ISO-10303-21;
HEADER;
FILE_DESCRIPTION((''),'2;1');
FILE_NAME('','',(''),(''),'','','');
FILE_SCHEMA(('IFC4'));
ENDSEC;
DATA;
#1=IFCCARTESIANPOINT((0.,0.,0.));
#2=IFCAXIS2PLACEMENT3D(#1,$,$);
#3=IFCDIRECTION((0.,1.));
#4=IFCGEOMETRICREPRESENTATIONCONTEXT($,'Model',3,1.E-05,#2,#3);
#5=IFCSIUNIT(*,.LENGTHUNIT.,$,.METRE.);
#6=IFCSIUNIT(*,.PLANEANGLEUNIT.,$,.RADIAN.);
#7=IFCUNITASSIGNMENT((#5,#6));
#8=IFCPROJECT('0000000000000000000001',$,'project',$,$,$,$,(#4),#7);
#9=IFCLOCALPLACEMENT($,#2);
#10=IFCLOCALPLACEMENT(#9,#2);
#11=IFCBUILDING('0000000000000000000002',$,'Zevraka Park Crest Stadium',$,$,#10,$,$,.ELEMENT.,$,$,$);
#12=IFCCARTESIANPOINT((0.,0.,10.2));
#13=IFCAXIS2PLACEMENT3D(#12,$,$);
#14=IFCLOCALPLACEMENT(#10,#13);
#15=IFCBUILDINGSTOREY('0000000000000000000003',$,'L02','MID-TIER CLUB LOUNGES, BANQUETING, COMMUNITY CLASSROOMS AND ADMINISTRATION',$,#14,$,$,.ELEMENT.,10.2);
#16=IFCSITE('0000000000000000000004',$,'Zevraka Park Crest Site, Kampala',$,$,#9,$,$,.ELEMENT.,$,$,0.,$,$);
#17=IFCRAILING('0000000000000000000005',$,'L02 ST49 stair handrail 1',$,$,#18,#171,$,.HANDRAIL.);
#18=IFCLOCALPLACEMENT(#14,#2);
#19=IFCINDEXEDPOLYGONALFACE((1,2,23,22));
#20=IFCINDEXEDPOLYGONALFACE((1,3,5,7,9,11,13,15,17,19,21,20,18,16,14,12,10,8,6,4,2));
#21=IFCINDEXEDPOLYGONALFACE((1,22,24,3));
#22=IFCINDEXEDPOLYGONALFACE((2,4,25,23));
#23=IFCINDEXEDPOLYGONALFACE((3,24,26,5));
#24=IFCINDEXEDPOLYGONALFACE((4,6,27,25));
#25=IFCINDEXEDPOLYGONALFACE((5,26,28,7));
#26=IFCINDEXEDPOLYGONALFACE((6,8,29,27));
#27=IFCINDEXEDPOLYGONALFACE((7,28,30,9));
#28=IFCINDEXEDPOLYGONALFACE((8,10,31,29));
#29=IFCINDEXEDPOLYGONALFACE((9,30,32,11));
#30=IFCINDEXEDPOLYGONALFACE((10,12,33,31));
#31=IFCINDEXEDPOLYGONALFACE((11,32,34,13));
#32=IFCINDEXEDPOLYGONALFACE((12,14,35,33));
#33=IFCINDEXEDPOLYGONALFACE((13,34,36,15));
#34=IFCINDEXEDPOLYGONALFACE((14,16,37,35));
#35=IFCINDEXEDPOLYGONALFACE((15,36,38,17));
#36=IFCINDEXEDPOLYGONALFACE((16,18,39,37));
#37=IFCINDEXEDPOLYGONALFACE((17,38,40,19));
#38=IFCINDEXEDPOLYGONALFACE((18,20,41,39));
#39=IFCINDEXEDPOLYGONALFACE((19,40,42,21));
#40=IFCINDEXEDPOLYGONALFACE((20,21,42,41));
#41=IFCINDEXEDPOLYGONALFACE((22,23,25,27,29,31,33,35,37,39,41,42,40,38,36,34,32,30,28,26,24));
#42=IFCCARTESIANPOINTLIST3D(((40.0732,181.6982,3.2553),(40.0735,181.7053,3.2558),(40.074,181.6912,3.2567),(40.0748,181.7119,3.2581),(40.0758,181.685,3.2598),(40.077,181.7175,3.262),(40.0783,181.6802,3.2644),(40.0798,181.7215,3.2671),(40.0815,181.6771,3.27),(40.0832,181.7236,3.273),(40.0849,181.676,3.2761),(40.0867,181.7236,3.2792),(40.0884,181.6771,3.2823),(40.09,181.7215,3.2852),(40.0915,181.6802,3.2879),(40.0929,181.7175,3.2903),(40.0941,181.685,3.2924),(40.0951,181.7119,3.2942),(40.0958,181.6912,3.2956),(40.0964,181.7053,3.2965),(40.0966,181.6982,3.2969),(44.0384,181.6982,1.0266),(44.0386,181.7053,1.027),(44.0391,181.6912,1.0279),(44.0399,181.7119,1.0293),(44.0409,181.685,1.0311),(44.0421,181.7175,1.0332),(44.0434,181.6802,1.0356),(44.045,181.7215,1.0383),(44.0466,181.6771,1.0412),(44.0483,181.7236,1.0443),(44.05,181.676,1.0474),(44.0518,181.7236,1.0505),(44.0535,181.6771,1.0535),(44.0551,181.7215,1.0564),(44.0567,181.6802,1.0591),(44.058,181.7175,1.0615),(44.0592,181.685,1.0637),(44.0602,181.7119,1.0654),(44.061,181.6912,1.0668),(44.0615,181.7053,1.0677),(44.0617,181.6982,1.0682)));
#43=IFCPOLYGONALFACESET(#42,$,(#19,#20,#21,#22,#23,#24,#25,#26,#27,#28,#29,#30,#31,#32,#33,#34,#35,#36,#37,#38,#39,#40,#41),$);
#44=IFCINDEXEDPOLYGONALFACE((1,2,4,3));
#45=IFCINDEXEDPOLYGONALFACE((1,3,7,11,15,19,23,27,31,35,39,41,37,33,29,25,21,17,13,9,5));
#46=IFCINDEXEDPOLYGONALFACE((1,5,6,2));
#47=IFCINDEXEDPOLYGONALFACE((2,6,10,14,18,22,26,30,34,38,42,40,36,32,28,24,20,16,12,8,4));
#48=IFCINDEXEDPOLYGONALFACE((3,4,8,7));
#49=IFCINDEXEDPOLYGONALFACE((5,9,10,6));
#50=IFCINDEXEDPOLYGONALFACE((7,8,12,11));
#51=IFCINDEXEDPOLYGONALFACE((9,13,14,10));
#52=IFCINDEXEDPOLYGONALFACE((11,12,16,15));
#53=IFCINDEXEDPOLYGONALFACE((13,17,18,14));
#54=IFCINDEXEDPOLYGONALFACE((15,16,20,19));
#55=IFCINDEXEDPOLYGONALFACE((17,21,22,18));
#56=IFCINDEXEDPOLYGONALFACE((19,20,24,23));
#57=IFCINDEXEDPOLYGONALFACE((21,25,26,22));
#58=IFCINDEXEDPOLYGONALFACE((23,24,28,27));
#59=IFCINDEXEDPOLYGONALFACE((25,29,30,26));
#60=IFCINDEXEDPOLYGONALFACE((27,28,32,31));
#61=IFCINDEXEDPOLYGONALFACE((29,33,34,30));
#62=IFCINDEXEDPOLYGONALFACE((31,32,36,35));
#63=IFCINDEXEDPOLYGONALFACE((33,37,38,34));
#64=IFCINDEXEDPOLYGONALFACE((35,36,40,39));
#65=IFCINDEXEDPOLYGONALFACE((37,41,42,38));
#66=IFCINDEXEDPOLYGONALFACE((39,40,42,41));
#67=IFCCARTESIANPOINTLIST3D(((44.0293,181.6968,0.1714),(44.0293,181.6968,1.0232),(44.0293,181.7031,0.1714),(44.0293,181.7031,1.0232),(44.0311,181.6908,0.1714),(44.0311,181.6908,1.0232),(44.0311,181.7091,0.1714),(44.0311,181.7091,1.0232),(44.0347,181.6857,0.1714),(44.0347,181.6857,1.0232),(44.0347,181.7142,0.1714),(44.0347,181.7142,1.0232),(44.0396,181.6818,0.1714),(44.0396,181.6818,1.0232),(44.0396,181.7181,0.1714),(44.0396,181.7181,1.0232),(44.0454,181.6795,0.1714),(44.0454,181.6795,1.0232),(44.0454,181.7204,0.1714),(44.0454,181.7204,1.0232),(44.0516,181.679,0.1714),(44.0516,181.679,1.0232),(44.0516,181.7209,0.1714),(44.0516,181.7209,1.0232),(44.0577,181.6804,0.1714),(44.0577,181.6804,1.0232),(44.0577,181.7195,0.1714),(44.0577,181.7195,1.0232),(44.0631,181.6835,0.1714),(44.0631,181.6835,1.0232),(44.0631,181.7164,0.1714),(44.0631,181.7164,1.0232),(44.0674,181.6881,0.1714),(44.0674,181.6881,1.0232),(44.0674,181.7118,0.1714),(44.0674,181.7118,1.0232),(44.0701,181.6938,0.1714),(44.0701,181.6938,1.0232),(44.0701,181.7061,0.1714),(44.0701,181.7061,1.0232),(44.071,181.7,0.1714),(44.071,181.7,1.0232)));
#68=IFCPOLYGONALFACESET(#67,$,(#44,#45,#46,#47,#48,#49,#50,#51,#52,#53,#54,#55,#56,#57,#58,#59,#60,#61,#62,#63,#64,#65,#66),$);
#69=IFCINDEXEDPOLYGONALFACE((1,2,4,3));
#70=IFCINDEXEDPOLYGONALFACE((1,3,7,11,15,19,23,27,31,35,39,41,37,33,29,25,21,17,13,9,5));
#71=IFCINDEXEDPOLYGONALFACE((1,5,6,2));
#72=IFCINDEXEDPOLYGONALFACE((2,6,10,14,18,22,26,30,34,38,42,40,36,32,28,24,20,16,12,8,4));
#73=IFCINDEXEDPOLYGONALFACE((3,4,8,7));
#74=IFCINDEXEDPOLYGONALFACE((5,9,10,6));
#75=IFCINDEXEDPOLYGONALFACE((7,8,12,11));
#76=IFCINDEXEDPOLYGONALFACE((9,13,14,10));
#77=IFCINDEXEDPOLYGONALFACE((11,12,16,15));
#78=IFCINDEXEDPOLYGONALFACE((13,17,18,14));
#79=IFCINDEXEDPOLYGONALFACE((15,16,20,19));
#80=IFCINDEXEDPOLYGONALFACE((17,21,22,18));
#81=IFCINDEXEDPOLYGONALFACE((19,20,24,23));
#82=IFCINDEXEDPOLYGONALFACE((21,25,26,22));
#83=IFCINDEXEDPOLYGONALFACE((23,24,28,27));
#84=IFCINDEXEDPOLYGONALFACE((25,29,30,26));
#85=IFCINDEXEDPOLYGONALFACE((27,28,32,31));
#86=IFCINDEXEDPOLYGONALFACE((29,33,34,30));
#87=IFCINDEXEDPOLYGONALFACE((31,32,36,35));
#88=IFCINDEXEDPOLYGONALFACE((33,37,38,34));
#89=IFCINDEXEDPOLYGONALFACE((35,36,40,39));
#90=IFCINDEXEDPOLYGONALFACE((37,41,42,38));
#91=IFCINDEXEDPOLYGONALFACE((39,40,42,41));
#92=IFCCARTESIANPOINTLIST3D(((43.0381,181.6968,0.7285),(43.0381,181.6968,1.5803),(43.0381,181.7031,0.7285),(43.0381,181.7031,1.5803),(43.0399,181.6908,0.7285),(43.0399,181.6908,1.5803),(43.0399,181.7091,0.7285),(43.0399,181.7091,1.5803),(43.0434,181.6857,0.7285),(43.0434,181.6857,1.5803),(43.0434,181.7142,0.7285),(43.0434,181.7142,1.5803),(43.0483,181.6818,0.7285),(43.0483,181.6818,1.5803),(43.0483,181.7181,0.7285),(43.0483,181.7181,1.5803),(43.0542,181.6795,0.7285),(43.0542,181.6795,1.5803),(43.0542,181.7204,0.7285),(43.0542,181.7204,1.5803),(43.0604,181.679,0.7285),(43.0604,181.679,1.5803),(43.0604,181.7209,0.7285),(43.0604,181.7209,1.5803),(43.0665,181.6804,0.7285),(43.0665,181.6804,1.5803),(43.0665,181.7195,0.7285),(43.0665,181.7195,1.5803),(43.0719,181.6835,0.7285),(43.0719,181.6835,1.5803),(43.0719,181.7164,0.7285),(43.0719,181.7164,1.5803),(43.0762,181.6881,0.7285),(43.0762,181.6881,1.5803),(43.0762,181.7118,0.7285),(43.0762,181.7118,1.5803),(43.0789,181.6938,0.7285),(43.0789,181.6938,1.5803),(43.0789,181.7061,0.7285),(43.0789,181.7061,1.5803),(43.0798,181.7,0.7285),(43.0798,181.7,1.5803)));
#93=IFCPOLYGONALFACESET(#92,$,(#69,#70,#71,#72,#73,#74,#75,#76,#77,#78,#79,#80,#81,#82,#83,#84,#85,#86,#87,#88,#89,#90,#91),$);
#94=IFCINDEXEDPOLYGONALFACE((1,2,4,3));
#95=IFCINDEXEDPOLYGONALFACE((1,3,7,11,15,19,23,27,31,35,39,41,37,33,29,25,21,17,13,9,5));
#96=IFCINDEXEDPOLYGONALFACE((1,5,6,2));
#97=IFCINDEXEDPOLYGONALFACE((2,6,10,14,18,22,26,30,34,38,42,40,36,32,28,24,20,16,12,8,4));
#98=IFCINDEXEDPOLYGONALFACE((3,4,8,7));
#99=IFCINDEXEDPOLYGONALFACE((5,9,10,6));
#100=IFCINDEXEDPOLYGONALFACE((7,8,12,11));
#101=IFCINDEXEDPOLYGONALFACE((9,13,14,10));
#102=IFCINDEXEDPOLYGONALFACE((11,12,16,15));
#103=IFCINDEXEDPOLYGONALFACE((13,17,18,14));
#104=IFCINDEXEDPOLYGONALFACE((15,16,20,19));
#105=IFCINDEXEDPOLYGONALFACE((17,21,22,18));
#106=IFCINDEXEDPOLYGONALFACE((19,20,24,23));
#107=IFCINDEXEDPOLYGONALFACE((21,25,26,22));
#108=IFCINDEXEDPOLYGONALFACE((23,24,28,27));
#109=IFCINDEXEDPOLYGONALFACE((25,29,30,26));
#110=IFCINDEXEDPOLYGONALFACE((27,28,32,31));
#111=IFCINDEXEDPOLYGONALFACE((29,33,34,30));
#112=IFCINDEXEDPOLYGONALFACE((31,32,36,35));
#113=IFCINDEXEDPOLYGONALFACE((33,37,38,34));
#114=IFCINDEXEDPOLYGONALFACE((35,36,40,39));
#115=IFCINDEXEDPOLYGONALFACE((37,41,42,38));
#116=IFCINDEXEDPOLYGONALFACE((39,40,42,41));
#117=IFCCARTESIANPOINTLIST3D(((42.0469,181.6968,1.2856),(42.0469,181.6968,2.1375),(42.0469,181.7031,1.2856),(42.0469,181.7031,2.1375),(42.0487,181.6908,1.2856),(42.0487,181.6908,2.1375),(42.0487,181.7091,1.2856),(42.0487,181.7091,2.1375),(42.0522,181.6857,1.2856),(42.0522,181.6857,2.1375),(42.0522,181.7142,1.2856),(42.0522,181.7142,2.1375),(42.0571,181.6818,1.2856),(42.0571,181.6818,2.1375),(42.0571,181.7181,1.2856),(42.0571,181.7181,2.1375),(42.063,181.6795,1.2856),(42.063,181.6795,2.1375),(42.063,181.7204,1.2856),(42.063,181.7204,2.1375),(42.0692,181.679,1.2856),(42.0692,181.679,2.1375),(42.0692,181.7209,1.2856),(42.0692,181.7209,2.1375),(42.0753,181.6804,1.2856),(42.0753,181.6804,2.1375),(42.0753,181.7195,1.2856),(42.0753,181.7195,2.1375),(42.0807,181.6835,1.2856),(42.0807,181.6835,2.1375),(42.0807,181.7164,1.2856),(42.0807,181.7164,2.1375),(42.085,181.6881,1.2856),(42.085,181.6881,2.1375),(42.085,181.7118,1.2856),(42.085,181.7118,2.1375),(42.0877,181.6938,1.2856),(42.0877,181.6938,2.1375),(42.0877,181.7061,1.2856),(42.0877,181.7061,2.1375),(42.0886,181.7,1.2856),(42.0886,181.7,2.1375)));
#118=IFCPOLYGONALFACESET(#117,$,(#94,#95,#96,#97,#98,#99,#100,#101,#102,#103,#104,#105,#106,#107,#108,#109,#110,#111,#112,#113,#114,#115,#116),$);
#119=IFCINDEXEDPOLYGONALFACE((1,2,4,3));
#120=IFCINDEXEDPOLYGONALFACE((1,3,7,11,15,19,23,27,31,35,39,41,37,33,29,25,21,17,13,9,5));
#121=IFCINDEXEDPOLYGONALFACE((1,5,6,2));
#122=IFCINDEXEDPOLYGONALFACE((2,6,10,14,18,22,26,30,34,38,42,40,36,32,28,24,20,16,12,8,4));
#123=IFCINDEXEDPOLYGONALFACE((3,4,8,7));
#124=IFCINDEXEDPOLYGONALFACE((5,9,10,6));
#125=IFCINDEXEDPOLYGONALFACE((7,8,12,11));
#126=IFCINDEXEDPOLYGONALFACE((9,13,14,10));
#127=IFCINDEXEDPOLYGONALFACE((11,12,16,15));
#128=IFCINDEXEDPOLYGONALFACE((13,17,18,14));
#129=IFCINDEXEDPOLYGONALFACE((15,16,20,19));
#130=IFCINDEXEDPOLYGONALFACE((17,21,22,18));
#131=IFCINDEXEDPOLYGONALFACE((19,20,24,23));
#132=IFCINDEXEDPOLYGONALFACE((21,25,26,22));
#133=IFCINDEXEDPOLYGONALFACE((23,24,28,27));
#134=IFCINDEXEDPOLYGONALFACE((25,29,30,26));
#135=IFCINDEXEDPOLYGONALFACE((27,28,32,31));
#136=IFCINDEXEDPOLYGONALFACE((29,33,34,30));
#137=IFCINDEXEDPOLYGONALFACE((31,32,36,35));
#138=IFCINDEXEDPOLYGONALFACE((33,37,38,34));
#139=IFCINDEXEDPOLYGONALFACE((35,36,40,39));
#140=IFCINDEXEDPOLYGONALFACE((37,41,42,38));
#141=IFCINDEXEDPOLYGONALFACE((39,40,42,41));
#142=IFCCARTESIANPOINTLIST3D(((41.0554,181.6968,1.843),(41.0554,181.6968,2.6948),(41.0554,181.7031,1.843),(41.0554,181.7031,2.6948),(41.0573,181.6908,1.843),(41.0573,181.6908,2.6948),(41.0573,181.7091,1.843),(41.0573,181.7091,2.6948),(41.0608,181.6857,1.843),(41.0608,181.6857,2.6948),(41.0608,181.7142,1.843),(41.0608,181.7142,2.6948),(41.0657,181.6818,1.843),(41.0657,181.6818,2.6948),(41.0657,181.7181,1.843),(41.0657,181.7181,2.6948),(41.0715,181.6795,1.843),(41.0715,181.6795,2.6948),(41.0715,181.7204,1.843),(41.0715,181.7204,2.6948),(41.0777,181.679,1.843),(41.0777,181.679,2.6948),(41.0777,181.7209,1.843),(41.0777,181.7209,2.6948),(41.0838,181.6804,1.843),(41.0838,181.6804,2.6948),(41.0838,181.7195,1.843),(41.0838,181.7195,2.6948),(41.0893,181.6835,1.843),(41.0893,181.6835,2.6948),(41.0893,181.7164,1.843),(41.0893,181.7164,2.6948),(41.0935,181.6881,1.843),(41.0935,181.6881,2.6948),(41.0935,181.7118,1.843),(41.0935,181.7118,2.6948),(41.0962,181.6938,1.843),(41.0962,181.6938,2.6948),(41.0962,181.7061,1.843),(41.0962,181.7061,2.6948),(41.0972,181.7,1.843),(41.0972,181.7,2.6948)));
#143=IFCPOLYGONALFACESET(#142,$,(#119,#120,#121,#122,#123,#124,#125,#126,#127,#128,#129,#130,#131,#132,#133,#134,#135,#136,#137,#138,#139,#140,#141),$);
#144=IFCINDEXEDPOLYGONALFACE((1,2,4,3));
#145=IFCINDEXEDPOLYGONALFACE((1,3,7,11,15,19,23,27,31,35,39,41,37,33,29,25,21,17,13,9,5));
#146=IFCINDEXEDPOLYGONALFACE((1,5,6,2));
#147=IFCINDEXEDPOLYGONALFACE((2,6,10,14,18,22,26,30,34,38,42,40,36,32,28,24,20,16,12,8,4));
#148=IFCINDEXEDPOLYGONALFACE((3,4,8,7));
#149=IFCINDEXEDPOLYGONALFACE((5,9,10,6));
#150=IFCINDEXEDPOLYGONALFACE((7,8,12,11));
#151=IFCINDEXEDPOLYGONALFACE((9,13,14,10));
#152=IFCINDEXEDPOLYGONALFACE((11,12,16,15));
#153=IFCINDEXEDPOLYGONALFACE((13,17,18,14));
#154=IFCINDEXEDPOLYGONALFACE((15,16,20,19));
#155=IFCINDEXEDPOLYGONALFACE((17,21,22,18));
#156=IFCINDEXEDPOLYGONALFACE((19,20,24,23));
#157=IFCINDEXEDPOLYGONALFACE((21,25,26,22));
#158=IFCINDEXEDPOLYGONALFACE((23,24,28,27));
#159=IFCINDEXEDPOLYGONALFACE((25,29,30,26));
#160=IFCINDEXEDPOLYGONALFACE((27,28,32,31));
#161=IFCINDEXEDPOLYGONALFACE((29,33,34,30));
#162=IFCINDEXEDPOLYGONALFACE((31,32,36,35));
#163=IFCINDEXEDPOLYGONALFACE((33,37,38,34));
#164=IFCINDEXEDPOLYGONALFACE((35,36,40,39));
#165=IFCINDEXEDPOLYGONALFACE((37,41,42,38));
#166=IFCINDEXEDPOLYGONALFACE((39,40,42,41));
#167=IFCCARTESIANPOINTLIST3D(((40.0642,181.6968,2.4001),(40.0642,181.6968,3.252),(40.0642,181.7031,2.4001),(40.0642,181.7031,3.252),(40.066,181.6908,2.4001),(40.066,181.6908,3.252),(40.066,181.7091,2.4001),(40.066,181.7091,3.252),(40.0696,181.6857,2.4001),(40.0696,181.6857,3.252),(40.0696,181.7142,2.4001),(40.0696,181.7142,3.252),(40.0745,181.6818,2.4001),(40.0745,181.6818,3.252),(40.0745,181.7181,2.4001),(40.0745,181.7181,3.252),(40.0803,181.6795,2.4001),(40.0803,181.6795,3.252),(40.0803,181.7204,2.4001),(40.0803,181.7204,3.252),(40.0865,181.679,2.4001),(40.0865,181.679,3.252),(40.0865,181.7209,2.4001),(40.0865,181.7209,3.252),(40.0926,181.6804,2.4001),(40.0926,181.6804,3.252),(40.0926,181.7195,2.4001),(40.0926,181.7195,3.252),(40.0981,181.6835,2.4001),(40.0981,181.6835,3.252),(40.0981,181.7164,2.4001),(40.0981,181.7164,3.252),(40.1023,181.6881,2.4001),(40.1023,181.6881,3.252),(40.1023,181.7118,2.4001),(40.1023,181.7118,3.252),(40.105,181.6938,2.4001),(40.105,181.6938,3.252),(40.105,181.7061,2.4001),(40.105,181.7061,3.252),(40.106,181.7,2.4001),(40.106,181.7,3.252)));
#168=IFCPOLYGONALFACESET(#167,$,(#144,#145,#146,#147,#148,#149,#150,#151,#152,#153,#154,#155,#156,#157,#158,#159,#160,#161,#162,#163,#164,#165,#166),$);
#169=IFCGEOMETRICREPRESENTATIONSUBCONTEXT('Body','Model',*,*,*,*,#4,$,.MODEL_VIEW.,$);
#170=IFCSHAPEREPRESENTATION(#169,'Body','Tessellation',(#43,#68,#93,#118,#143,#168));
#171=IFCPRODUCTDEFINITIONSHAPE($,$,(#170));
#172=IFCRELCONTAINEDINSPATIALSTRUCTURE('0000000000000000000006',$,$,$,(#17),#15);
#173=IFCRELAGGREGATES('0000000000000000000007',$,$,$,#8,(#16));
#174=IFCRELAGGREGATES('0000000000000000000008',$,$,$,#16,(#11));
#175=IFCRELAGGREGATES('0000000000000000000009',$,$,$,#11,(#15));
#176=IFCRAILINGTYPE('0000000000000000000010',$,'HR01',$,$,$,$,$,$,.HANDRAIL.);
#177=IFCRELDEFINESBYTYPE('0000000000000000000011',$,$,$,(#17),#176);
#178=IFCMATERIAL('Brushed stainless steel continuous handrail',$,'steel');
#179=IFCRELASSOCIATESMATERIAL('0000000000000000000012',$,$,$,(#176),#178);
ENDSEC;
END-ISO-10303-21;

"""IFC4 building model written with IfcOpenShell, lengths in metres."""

from ifc_helpers import new_model, si_unit, direction, frame, origin, origin_2d, place, context, subcontext, project, spatial, circle, extrude, material, type_object, element, save


model = new_model("IFC4")

# Units and contexts
model_context = context("Model", 3, precision=1e-05, world=origin(), true_north=direction((0.0, 1.0)))
body_context = subcontext(model_context, "Body", "Model", "MODEL_VIEW")
ifc_project = project(units=[si_unit("LENGTHUNIT", "METRE"), si_unit("PLANEANGLEUNIT", "RADIAN")], contexts=[model_context])

# Site, building, storey
site_placement = place(None, origin())
site = spatial("IfcSite", under=ifc_project, at=site_placement, Name="Zevraka Park Crest Site, Kampala", CompositionType="ELEMENT", RefElevation=0.0)
building_placement = place(site_placement, origin())
building = spatial("IfcBuilding", under=site, at=building_placement, Name="Zevraka Park Crest Stadium", CompositionType="ELEMENT")
storey_placement = place(building_placement, frame((0.0, 0.0, 10.2)))
storey = spatial("IfcBuildingStorey", under=building, at=storey_placement, Name="L02", Description="MID-TIER CLUB LOUNGES, BANQUETING, COMMUNITY CLASSROOMS AND ADMINISTRATION", CompositionType="ELEMENT", Elevation=10.2)

# Railing
ifc_material_1 = material(Name="Brushed stainless steel continuous handrail", Category="steel")
railing_type_1 = type_object("IfcRailingType", Name="HR01", PredefinedType="HANDRAIL", material=ifc_material_1)
railing_1_placement = place(storey_placement, frame((44.05, 181.7, 0.1714)))
element("IfcRailing", 1, at=railing_1_placement, inside=storey, type_object=railing_type_1, Name="L02 ST49 stair handrail 1", PredefinedType="HANDRAIL", context=body_context, shape_type="SweptSolid", body=[
    extrude(circle(Radius=0.0239, at=origin_2d()), frame((0.0, 0.0, 0.876), z_axis=(-0.871726, 0.0, 0.489994), x_axis=(0.0, -1.0, 0.0)), (0.0, 0.0, 1.0), 4.5486),
    extrude(circle(Radius=0.021, at=origin_2d()), origin(), (0.0, 0.0, 1.0), 0.8518),
    extrude(circle(Radius=0.021, at=origin_2d()), frame((-0.9912, 0.0, 0.5571)), (0.0, 0.0, 1.0), 0.8518),
    extrude(circle(Radius=0.021, at=origin_2d()), frame((-1.9824, 0.0, 1.1143)), (0.0, 0.0, 1.0), 0.8518),
    extrude(circle(Radius=0.021, at=origin_2d()), frame((-2.9739, 0.0, 1.6716)), (0.0, 0.0, 1.0), 0.8518),
    extrude(circle(Radius=0.021, at=origin_2d()), frame((-3.9651, 0.0, 2.2288)), (0.0, 0.0, 1.0), 0.8518),
])

save(model, "model.ifc")
